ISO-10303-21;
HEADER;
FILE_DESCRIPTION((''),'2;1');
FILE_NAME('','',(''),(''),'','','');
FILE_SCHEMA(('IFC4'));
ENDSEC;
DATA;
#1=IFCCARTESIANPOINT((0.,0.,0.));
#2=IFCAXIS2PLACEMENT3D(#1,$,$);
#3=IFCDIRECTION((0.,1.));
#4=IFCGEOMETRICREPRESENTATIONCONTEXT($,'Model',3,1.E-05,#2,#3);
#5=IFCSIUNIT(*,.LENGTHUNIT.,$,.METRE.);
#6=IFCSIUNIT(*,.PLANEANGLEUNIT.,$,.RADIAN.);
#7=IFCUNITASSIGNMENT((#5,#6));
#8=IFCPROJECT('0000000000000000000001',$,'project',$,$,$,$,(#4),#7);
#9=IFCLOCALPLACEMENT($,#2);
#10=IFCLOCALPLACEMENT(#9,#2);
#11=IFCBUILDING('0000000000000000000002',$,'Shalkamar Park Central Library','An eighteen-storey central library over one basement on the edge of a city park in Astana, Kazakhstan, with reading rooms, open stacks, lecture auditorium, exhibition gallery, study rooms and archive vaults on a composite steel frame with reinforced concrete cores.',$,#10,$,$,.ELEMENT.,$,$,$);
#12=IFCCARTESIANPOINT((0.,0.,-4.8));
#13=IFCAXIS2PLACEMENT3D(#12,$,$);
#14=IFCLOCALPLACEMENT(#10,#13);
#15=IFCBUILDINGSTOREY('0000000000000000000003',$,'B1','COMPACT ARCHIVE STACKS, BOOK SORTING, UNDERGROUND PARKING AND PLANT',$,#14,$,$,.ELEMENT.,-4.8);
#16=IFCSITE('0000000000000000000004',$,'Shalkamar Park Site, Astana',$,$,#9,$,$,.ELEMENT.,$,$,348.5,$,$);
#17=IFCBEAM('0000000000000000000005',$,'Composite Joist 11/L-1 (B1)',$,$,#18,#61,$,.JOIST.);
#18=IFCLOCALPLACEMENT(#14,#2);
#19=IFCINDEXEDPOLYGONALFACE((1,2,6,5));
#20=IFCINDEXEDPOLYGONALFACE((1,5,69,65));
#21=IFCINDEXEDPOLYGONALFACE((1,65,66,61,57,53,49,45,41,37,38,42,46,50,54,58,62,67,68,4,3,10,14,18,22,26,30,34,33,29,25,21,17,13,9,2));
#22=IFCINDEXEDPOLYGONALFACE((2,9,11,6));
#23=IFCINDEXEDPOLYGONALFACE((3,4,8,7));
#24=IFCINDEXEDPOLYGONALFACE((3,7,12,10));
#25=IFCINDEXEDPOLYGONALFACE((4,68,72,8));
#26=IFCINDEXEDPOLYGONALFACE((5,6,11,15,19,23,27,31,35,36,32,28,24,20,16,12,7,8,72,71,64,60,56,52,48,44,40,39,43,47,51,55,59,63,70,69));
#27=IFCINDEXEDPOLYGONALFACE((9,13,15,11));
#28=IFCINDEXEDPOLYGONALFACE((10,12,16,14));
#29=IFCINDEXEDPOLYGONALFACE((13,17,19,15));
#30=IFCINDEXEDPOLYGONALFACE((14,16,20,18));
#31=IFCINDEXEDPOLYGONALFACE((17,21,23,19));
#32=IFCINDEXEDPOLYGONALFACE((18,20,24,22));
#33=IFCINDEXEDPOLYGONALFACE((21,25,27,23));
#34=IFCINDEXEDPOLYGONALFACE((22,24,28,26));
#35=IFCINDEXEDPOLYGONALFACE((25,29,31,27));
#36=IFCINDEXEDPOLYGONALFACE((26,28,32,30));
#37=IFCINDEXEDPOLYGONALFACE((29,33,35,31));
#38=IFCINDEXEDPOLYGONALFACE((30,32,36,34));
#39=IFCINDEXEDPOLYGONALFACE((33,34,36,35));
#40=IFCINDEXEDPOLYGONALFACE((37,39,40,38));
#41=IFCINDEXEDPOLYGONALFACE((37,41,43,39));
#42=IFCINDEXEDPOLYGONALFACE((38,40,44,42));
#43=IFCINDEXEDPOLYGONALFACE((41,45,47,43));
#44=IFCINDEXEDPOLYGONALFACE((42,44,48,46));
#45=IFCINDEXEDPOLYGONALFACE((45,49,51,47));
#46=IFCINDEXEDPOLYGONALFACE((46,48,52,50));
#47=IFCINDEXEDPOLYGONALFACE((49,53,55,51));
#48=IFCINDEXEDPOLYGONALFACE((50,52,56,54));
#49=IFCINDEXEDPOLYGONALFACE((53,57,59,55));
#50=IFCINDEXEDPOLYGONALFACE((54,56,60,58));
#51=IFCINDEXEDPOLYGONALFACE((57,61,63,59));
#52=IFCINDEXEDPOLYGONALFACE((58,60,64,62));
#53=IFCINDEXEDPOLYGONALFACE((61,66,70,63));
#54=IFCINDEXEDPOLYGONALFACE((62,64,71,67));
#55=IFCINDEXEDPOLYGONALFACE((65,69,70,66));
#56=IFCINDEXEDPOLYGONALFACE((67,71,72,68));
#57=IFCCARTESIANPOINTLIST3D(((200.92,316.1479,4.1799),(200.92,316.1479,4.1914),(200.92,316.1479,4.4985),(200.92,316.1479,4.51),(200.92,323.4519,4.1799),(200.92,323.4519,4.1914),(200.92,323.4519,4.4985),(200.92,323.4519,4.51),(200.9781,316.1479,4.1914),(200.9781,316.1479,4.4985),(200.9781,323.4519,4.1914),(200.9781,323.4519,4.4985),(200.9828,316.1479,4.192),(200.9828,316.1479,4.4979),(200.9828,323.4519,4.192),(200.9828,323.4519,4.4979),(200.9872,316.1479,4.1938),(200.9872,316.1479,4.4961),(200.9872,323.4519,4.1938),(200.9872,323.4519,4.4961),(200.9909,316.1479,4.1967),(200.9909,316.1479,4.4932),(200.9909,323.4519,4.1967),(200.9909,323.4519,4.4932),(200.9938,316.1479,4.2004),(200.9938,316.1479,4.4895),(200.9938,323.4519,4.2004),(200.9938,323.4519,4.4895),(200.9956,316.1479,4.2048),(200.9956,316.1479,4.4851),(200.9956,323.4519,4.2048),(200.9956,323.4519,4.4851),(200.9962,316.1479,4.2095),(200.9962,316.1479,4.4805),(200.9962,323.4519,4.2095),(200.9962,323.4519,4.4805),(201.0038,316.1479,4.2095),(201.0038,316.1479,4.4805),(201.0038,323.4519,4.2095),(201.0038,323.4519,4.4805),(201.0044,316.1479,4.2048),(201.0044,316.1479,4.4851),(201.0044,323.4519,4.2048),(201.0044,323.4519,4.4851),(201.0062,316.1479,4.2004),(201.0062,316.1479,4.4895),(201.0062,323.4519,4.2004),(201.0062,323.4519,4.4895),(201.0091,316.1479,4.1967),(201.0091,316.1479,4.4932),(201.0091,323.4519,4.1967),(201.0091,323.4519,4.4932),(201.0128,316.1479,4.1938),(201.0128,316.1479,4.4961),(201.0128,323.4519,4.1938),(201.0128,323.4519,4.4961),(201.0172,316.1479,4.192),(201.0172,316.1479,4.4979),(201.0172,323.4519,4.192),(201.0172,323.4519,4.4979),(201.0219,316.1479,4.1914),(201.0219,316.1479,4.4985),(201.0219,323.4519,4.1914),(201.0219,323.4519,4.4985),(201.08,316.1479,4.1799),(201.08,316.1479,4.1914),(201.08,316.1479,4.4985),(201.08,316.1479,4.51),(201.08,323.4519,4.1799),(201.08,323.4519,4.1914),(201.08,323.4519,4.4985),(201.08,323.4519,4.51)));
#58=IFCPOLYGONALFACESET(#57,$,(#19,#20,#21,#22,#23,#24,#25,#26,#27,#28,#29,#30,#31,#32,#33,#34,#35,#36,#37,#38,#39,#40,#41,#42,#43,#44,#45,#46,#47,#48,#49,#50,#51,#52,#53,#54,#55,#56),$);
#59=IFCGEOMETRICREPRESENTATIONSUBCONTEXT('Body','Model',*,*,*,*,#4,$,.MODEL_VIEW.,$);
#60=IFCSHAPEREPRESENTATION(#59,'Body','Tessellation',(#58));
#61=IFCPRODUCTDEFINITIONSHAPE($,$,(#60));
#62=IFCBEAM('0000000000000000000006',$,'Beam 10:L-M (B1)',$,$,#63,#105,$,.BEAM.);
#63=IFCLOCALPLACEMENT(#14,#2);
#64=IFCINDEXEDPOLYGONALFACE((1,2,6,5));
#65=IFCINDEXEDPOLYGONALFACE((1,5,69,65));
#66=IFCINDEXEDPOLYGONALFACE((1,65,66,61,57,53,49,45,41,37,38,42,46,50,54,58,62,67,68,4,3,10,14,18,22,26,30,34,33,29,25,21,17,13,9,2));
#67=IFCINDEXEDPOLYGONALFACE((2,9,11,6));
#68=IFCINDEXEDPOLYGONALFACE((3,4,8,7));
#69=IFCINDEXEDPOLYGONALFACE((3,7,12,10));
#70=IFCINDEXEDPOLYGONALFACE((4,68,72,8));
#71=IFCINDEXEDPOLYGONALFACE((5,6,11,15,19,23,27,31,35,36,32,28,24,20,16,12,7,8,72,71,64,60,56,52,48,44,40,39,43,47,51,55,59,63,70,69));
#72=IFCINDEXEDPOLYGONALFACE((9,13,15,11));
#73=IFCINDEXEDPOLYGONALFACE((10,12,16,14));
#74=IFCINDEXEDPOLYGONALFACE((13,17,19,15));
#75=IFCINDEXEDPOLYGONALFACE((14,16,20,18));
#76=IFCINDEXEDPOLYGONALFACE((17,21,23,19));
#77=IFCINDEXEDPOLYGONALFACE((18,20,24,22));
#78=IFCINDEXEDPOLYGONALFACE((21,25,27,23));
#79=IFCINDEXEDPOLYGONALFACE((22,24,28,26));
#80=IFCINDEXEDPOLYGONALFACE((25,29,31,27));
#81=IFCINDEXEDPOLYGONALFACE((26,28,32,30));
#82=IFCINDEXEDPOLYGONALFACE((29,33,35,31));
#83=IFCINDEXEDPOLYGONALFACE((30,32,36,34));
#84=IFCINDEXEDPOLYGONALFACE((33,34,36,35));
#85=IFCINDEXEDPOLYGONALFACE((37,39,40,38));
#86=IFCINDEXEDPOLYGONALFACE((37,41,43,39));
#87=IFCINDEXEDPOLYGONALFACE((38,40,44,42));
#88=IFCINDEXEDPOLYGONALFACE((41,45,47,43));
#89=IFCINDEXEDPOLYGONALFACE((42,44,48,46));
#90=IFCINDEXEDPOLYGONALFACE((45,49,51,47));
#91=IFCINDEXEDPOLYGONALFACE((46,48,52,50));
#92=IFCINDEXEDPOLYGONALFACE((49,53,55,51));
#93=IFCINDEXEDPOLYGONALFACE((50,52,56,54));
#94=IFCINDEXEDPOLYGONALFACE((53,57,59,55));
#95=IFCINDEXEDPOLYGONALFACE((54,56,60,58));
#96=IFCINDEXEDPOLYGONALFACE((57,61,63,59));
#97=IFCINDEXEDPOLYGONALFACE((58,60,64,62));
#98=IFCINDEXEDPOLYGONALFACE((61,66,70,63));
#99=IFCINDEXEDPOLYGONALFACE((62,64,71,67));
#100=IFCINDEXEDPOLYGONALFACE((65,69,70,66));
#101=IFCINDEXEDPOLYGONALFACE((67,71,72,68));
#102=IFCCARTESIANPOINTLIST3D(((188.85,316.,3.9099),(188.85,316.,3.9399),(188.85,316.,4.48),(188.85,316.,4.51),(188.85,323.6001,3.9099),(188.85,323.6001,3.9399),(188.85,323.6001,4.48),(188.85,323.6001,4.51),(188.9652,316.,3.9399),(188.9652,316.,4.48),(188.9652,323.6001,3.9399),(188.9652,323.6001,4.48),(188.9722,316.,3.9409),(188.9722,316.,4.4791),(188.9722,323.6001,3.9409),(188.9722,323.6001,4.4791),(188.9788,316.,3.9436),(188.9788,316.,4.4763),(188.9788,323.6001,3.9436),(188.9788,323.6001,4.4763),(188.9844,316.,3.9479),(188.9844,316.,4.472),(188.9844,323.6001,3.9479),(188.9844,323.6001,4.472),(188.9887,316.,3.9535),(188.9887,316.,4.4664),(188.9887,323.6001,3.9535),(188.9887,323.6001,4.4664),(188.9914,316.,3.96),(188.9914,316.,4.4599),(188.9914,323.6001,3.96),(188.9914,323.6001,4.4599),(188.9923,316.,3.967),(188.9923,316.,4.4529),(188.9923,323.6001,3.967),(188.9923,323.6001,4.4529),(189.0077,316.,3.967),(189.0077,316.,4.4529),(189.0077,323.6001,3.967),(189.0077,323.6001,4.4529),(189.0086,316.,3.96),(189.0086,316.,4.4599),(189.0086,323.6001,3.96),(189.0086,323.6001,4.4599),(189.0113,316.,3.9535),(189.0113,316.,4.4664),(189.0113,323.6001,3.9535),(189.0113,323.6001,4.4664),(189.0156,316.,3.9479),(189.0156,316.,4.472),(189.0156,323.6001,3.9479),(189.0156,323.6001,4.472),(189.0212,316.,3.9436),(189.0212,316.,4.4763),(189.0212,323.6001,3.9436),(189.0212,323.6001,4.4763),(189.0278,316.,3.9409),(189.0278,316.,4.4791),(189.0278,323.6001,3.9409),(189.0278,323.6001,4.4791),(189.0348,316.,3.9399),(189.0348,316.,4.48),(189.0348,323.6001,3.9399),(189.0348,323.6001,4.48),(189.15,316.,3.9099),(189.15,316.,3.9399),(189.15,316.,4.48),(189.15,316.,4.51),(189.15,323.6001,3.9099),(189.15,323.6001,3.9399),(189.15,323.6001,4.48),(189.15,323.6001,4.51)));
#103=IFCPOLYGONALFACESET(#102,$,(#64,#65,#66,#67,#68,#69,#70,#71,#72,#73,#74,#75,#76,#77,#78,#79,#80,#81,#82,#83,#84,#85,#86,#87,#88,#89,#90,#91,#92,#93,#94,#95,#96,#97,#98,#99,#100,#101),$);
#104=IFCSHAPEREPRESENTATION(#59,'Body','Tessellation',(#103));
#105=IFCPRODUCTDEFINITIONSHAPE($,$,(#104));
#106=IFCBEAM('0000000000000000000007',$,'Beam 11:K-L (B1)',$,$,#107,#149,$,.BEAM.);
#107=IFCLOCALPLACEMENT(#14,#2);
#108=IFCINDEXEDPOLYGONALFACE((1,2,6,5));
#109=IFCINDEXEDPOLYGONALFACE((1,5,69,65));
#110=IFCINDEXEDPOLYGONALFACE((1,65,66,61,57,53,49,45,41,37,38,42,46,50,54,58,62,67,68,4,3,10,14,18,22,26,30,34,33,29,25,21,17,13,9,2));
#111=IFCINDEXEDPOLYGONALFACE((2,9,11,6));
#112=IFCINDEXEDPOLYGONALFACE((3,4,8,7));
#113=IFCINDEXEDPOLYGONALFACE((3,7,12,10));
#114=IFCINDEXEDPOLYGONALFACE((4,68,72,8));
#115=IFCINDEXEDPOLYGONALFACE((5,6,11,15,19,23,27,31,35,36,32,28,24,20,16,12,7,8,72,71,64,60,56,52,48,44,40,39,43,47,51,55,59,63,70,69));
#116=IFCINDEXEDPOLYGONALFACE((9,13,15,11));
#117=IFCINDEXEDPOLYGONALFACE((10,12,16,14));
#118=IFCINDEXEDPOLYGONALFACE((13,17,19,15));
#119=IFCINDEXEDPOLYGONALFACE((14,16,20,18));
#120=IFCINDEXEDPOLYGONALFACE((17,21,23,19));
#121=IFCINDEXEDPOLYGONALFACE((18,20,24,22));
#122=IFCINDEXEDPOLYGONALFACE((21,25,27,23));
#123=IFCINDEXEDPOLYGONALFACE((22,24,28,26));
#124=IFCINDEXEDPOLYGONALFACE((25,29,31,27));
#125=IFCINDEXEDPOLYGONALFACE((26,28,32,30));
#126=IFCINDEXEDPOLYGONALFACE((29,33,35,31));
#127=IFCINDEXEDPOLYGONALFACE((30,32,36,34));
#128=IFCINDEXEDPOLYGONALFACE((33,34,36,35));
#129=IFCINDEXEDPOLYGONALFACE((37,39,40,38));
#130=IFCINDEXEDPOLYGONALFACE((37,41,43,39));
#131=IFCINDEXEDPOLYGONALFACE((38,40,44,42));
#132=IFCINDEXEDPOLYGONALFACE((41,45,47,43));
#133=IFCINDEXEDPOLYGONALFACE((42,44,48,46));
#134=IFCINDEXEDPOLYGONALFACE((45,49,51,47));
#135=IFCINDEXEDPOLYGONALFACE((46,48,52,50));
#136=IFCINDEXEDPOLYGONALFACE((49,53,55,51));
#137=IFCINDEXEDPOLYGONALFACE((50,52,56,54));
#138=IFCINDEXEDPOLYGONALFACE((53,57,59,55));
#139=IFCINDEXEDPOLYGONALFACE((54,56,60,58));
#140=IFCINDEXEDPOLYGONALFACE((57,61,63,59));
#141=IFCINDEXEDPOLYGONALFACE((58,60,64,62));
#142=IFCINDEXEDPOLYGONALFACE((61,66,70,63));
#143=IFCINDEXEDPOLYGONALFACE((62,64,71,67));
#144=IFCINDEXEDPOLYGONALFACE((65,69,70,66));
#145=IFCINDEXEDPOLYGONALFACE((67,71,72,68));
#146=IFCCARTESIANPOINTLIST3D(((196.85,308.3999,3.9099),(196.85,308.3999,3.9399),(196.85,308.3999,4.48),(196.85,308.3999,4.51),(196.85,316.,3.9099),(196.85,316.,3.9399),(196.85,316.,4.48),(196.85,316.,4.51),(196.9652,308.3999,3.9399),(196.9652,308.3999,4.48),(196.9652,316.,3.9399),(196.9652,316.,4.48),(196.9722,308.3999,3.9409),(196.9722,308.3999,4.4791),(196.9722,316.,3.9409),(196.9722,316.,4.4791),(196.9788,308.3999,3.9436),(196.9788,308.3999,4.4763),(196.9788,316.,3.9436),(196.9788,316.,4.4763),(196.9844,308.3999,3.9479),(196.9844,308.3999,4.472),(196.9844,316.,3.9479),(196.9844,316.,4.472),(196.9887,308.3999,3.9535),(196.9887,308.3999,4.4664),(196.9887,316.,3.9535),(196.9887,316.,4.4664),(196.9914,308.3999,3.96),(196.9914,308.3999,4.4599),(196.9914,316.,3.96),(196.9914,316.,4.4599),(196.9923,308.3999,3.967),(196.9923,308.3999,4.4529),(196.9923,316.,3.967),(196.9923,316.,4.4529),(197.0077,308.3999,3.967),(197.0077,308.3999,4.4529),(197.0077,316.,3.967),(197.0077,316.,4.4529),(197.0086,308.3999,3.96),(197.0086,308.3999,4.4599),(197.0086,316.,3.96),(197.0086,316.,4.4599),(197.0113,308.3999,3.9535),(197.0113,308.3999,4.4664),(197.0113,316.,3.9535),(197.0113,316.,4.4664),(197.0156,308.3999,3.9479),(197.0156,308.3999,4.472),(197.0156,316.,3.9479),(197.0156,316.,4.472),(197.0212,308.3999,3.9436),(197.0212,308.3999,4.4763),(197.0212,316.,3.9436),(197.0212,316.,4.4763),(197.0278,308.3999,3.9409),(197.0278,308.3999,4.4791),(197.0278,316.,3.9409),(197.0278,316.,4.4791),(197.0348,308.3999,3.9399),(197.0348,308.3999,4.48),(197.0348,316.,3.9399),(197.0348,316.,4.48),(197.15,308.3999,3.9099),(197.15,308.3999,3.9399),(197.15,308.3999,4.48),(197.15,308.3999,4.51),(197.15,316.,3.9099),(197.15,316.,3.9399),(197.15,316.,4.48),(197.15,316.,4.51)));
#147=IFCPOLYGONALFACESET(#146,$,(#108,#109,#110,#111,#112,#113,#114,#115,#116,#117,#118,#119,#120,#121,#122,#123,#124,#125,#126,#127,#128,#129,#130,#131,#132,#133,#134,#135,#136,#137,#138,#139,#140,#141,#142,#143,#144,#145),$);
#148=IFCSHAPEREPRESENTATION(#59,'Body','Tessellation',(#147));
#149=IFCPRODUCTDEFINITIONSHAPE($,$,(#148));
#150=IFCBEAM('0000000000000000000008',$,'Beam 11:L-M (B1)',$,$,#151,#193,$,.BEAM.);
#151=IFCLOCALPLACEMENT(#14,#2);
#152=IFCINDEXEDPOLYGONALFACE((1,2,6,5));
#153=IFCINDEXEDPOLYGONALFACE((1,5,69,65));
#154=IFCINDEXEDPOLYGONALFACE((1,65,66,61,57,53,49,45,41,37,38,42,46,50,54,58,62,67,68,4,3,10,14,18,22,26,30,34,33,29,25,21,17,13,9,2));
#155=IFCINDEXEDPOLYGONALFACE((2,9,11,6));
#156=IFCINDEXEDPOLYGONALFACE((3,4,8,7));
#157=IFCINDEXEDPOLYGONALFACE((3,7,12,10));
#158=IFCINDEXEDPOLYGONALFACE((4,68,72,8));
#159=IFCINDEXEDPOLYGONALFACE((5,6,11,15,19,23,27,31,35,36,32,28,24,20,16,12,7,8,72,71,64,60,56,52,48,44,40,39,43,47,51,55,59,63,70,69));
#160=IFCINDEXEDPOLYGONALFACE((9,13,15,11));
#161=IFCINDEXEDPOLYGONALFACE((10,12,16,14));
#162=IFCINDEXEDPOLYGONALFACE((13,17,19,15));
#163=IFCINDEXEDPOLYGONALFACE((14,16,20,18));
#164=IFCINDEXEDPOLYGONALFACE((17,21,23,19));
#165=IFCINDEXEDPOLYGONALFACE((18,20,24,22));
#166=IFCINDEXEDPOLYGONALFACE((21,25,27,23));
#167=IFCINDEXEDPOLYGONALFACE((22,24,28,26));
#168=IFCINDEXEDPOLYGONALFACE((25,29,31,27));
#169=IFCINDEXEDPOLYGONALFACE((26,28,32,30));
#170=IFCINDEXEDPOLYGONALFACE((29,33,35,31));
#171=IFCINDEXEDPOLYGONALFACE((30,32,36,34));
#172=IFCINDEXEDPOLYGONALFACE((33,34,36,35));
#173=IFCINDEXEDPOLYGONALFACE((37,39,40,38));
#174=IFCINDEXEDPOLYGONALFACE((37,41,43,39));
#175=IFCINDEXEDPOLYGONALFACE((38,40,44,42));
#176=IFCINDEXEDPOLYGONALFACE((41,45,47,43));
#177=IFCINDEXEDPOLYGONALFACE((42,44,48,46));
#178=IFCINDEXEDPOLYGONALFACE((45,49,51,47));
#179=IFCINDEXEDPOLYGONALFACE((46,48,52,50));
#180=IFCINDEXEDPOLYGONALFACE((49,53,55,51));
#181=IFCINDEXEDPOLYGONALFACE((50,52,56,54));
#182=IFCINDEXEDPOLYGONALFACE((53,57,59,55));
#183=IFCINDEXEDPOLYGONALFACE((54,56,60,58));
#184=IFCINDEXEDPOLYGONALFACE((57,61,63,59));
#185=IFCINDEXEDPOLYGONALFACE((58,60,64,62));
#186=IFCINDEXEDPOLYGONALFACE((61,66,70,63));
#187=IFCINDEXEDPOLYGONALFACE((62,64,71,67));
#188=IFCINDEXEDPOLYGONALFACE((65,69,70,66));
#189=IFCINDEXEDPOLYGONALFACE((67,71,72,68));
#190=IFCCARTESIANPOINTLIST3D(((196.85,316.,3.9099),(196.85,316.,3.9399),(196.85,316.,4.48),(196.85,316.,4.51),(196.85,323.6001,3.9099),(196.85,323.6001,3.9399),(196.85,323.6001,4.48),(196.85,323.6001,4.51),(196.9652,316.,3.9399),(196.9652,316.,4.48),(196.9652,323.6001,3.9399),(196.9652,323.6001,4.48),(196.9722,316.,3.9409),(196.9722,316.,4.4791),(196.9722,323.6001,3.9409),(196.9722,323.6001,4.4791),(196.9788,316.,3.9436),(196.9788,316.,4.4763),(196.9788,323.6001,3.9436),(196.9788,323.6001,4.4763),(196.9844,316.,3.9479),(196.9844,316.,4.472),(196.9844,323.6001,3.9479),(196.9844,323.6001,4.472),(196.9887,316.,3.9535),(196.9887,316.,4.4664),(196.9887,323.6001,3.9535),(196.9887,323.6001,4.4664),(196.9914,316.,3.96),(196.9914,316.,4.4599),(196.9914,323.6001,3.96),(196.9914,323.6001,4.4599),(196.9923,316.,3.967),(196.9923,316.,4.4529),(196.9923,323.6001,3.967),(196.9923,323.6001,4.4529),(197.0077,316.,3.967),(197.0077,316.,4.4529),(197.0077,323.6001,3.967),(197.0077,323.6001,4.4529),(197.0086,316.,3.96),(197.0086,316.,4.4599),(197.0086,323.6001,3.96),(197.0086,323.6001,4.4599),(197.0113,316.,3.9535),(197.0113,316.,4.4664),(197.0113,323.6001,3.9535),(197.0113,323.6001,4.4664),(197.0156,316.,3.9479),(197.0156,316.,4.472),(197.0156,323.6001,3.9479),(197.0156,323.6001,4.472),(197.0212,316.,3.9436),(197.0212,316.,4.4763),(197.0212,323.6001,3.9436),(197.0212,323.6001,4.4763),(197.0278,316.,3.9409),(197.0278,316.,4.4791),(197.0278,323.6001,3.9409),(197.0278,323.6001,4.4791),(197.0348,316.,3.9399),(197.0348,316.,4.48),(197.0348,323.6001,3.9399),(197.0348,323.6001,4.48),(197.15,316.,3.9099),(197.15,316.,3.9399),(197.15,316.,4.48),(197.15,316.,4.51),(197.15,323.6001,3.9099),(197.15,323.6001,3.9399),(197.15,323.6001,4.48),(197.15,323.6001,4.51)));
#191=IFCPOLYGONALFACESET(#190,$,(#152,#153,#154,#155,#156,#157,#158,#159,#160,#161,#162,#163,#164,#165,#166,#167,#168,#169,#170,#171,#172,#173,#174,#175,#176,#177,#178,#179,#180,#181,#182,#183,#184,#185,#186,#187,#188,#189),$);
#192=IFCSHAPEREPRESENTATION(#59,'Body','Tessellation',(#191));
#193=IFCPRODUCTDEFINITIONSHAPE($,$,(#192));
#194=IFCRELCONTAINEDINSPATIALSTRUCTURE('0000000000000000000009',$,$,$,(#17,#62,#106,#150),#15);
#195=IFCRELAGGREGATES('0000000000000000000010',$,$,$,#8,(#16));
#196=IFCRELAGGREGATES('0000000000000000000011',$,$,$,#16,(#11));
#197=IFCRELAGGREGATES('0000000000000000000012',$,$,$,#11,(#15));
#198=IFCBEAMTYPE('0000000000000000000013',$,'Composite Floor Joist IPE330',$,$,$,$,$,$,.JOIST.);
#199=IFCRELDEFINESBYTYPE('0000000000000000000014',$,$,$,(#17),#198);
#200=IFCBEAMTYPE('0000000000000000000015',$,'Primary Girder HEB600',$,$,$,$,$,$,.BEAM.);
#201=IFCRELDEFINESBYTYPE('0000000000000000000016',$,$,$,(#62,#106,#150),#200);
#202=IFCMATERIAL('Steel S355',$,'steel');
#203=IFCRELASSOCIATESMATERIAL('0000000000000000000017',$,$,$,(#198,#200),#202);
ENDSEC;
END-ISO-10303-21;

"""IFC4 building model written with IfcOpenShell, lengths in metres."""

from ifc_helpers import new_model, si_unit, direction, frame, origin, origin_2d, place, context, subcontext, project, spatial, i_section, extrude, material, material_profile, profile_set, type_object, element, save


model = new_model("IFC4")

# Units and contexts
model_context = context("Model", 3, precision=1e-05, world=origin(), true_north=direction((0.0, 1.0)))
body_context = subcontext(model_context, "Body", "Model", "MODEL_VIEW")
ifc_project = project(units=[si_unit("LENGTHUNIT", "METRE"), si_unit("PLANEANGLEUNIT", "RADIAN")], contexts=[model_context])

# Site, building, storey
site_placement = place(None, origin())
site = spatial("IfcSite", under=ifc_project, at=site_placement, Name="Shalkamar Park Site, Astana", CompositionType="ELEMENT", RefElevation=348.5)
building_placement = place(site_placement, origin())
building = spatial("IfcBuilding", under=site, at=building_placement, Name="Shalkamar Park Central Library", Description="An eighteen-storey central library over one basement on the edge of a city park in Astana, Kazakhstan, with reading rooms, open stacks, lecture auditorium, exhibition gallery, study rooms and archive vaults on a composite steel frame with reinforced concrete cores.", CompositionType="ELEMENT")
storey_placement = place(building_placement, frame((0.0, 0.0, -4.8)))
storey = spatial("IfcBuildingStorey", under=building, at=storey_placement, Name="B1", Description="COMPACT ARCHIVE STACKS, BOOK SORTING, UNDERGROUND PARKING AND PLANT", CompositionType="ELEMENT", Elevation=-4.8)

# Shared definitions
ifc_material_1 = material(Name="Steel S355", Category="steel")

# Beams
ifc_material_profile_1 = material_profile(ifc_material_1, i_section(OverallWidth=0.1599, OverallDepth=0.3301, WebThickness=0.0076, FlangeThickness=0.0115, FilletRadius=0.0181, at=origin_2d()), Name="IPE 330")
ifc_profile_set_1 = profile_set([ifc_material_profile_1], Name="Steel S355")
beam_type_1 = type_object("IfcBeamType", Name="Composite Floor Joist IPE330", PredefinedType="JOIST", material=ifc_profile_set_1)
for number, where, z_axis, x_axis, name in (
    (1, (201.0, 316.1479, 4.345), (0.0, 1.0, 0.0), (-1.0, 0.0, 0.0), "Composite Joist 11/L-1 (B1)"),
):
    element("IfcBeam", number, at=place(storey_placement, frame(where, z_axis=z_axis, x_axis=x_axis)), inside=storey, type_object=beam_type_1, Name=name, PredefinedType="JOIST", context=body_context, shape_type="SweptSolid", body=[
        extrude(i_section(OverallWidth=0.1599, OverallDepth=0.3301, WebThickness=0.0076, FlangeThickness=0.0115, FilletRadius=0.0181, at=origin_2d()), origin(), (0.0, 0.0, 1.0), 7.304),
    ])
ifc_material_profile_2 = material_profile(ifc_material_1, i_section(OverallWidth=0.3, OverallDepth=0.6001, WebThickness=0.0154, FlangeThickness=0.03, FilletRadius=0.0271, at=origin_2d()), Name="HEB 600")
ifc_profile_set_2 = profile_set([ifc_material_profile_2], Name="Steel S355")
beam_type_2 = type_object("IfcBeamType", Name="Primary Girder HEB600", PredefinedType="BEAM", material=ifc_profile_set_2)
for number, where, z_axis, x_axis, name in (
    (2, (189.0, 316.0, 4.21), (0.0, 1.0, 0.0), (-1.0, 0.0, 0.0), "Beam 10:L-M (B1)"),
    (3, (197.0, 308.3999, 4.21), (0.0, 1.0, 0.0), (-1.0, 0.0, 0.0), "Beam 11:K-L (B1)"),
    (4, (197.0, 316.0, 4.21), (0.0, 1.0, 0.0), (-1.0, 0.0, 0.0), "Beam 11:L-M (B1)"),
):
    element("IfcBeam", number, at=place(storey_placement, frame(where, z_axis=z_axis, x_axis=x_axis)), inside=storey, type_object=beam_type_2, Name=name, PredefinedType="BEAM", context=body_context, shape_type="SweptSolid", body=[
        extrude(i_section(OverallWidth=0.3, OverallDepth=0.6001, WebThickness=0.0154, FlangeThickness=0.03, FilletRadius=0.0271, at=origin_2d()), origin(), (0.0, 0.0, 1.0), 7.6001),
    ])

save(model, "model.ifc")
